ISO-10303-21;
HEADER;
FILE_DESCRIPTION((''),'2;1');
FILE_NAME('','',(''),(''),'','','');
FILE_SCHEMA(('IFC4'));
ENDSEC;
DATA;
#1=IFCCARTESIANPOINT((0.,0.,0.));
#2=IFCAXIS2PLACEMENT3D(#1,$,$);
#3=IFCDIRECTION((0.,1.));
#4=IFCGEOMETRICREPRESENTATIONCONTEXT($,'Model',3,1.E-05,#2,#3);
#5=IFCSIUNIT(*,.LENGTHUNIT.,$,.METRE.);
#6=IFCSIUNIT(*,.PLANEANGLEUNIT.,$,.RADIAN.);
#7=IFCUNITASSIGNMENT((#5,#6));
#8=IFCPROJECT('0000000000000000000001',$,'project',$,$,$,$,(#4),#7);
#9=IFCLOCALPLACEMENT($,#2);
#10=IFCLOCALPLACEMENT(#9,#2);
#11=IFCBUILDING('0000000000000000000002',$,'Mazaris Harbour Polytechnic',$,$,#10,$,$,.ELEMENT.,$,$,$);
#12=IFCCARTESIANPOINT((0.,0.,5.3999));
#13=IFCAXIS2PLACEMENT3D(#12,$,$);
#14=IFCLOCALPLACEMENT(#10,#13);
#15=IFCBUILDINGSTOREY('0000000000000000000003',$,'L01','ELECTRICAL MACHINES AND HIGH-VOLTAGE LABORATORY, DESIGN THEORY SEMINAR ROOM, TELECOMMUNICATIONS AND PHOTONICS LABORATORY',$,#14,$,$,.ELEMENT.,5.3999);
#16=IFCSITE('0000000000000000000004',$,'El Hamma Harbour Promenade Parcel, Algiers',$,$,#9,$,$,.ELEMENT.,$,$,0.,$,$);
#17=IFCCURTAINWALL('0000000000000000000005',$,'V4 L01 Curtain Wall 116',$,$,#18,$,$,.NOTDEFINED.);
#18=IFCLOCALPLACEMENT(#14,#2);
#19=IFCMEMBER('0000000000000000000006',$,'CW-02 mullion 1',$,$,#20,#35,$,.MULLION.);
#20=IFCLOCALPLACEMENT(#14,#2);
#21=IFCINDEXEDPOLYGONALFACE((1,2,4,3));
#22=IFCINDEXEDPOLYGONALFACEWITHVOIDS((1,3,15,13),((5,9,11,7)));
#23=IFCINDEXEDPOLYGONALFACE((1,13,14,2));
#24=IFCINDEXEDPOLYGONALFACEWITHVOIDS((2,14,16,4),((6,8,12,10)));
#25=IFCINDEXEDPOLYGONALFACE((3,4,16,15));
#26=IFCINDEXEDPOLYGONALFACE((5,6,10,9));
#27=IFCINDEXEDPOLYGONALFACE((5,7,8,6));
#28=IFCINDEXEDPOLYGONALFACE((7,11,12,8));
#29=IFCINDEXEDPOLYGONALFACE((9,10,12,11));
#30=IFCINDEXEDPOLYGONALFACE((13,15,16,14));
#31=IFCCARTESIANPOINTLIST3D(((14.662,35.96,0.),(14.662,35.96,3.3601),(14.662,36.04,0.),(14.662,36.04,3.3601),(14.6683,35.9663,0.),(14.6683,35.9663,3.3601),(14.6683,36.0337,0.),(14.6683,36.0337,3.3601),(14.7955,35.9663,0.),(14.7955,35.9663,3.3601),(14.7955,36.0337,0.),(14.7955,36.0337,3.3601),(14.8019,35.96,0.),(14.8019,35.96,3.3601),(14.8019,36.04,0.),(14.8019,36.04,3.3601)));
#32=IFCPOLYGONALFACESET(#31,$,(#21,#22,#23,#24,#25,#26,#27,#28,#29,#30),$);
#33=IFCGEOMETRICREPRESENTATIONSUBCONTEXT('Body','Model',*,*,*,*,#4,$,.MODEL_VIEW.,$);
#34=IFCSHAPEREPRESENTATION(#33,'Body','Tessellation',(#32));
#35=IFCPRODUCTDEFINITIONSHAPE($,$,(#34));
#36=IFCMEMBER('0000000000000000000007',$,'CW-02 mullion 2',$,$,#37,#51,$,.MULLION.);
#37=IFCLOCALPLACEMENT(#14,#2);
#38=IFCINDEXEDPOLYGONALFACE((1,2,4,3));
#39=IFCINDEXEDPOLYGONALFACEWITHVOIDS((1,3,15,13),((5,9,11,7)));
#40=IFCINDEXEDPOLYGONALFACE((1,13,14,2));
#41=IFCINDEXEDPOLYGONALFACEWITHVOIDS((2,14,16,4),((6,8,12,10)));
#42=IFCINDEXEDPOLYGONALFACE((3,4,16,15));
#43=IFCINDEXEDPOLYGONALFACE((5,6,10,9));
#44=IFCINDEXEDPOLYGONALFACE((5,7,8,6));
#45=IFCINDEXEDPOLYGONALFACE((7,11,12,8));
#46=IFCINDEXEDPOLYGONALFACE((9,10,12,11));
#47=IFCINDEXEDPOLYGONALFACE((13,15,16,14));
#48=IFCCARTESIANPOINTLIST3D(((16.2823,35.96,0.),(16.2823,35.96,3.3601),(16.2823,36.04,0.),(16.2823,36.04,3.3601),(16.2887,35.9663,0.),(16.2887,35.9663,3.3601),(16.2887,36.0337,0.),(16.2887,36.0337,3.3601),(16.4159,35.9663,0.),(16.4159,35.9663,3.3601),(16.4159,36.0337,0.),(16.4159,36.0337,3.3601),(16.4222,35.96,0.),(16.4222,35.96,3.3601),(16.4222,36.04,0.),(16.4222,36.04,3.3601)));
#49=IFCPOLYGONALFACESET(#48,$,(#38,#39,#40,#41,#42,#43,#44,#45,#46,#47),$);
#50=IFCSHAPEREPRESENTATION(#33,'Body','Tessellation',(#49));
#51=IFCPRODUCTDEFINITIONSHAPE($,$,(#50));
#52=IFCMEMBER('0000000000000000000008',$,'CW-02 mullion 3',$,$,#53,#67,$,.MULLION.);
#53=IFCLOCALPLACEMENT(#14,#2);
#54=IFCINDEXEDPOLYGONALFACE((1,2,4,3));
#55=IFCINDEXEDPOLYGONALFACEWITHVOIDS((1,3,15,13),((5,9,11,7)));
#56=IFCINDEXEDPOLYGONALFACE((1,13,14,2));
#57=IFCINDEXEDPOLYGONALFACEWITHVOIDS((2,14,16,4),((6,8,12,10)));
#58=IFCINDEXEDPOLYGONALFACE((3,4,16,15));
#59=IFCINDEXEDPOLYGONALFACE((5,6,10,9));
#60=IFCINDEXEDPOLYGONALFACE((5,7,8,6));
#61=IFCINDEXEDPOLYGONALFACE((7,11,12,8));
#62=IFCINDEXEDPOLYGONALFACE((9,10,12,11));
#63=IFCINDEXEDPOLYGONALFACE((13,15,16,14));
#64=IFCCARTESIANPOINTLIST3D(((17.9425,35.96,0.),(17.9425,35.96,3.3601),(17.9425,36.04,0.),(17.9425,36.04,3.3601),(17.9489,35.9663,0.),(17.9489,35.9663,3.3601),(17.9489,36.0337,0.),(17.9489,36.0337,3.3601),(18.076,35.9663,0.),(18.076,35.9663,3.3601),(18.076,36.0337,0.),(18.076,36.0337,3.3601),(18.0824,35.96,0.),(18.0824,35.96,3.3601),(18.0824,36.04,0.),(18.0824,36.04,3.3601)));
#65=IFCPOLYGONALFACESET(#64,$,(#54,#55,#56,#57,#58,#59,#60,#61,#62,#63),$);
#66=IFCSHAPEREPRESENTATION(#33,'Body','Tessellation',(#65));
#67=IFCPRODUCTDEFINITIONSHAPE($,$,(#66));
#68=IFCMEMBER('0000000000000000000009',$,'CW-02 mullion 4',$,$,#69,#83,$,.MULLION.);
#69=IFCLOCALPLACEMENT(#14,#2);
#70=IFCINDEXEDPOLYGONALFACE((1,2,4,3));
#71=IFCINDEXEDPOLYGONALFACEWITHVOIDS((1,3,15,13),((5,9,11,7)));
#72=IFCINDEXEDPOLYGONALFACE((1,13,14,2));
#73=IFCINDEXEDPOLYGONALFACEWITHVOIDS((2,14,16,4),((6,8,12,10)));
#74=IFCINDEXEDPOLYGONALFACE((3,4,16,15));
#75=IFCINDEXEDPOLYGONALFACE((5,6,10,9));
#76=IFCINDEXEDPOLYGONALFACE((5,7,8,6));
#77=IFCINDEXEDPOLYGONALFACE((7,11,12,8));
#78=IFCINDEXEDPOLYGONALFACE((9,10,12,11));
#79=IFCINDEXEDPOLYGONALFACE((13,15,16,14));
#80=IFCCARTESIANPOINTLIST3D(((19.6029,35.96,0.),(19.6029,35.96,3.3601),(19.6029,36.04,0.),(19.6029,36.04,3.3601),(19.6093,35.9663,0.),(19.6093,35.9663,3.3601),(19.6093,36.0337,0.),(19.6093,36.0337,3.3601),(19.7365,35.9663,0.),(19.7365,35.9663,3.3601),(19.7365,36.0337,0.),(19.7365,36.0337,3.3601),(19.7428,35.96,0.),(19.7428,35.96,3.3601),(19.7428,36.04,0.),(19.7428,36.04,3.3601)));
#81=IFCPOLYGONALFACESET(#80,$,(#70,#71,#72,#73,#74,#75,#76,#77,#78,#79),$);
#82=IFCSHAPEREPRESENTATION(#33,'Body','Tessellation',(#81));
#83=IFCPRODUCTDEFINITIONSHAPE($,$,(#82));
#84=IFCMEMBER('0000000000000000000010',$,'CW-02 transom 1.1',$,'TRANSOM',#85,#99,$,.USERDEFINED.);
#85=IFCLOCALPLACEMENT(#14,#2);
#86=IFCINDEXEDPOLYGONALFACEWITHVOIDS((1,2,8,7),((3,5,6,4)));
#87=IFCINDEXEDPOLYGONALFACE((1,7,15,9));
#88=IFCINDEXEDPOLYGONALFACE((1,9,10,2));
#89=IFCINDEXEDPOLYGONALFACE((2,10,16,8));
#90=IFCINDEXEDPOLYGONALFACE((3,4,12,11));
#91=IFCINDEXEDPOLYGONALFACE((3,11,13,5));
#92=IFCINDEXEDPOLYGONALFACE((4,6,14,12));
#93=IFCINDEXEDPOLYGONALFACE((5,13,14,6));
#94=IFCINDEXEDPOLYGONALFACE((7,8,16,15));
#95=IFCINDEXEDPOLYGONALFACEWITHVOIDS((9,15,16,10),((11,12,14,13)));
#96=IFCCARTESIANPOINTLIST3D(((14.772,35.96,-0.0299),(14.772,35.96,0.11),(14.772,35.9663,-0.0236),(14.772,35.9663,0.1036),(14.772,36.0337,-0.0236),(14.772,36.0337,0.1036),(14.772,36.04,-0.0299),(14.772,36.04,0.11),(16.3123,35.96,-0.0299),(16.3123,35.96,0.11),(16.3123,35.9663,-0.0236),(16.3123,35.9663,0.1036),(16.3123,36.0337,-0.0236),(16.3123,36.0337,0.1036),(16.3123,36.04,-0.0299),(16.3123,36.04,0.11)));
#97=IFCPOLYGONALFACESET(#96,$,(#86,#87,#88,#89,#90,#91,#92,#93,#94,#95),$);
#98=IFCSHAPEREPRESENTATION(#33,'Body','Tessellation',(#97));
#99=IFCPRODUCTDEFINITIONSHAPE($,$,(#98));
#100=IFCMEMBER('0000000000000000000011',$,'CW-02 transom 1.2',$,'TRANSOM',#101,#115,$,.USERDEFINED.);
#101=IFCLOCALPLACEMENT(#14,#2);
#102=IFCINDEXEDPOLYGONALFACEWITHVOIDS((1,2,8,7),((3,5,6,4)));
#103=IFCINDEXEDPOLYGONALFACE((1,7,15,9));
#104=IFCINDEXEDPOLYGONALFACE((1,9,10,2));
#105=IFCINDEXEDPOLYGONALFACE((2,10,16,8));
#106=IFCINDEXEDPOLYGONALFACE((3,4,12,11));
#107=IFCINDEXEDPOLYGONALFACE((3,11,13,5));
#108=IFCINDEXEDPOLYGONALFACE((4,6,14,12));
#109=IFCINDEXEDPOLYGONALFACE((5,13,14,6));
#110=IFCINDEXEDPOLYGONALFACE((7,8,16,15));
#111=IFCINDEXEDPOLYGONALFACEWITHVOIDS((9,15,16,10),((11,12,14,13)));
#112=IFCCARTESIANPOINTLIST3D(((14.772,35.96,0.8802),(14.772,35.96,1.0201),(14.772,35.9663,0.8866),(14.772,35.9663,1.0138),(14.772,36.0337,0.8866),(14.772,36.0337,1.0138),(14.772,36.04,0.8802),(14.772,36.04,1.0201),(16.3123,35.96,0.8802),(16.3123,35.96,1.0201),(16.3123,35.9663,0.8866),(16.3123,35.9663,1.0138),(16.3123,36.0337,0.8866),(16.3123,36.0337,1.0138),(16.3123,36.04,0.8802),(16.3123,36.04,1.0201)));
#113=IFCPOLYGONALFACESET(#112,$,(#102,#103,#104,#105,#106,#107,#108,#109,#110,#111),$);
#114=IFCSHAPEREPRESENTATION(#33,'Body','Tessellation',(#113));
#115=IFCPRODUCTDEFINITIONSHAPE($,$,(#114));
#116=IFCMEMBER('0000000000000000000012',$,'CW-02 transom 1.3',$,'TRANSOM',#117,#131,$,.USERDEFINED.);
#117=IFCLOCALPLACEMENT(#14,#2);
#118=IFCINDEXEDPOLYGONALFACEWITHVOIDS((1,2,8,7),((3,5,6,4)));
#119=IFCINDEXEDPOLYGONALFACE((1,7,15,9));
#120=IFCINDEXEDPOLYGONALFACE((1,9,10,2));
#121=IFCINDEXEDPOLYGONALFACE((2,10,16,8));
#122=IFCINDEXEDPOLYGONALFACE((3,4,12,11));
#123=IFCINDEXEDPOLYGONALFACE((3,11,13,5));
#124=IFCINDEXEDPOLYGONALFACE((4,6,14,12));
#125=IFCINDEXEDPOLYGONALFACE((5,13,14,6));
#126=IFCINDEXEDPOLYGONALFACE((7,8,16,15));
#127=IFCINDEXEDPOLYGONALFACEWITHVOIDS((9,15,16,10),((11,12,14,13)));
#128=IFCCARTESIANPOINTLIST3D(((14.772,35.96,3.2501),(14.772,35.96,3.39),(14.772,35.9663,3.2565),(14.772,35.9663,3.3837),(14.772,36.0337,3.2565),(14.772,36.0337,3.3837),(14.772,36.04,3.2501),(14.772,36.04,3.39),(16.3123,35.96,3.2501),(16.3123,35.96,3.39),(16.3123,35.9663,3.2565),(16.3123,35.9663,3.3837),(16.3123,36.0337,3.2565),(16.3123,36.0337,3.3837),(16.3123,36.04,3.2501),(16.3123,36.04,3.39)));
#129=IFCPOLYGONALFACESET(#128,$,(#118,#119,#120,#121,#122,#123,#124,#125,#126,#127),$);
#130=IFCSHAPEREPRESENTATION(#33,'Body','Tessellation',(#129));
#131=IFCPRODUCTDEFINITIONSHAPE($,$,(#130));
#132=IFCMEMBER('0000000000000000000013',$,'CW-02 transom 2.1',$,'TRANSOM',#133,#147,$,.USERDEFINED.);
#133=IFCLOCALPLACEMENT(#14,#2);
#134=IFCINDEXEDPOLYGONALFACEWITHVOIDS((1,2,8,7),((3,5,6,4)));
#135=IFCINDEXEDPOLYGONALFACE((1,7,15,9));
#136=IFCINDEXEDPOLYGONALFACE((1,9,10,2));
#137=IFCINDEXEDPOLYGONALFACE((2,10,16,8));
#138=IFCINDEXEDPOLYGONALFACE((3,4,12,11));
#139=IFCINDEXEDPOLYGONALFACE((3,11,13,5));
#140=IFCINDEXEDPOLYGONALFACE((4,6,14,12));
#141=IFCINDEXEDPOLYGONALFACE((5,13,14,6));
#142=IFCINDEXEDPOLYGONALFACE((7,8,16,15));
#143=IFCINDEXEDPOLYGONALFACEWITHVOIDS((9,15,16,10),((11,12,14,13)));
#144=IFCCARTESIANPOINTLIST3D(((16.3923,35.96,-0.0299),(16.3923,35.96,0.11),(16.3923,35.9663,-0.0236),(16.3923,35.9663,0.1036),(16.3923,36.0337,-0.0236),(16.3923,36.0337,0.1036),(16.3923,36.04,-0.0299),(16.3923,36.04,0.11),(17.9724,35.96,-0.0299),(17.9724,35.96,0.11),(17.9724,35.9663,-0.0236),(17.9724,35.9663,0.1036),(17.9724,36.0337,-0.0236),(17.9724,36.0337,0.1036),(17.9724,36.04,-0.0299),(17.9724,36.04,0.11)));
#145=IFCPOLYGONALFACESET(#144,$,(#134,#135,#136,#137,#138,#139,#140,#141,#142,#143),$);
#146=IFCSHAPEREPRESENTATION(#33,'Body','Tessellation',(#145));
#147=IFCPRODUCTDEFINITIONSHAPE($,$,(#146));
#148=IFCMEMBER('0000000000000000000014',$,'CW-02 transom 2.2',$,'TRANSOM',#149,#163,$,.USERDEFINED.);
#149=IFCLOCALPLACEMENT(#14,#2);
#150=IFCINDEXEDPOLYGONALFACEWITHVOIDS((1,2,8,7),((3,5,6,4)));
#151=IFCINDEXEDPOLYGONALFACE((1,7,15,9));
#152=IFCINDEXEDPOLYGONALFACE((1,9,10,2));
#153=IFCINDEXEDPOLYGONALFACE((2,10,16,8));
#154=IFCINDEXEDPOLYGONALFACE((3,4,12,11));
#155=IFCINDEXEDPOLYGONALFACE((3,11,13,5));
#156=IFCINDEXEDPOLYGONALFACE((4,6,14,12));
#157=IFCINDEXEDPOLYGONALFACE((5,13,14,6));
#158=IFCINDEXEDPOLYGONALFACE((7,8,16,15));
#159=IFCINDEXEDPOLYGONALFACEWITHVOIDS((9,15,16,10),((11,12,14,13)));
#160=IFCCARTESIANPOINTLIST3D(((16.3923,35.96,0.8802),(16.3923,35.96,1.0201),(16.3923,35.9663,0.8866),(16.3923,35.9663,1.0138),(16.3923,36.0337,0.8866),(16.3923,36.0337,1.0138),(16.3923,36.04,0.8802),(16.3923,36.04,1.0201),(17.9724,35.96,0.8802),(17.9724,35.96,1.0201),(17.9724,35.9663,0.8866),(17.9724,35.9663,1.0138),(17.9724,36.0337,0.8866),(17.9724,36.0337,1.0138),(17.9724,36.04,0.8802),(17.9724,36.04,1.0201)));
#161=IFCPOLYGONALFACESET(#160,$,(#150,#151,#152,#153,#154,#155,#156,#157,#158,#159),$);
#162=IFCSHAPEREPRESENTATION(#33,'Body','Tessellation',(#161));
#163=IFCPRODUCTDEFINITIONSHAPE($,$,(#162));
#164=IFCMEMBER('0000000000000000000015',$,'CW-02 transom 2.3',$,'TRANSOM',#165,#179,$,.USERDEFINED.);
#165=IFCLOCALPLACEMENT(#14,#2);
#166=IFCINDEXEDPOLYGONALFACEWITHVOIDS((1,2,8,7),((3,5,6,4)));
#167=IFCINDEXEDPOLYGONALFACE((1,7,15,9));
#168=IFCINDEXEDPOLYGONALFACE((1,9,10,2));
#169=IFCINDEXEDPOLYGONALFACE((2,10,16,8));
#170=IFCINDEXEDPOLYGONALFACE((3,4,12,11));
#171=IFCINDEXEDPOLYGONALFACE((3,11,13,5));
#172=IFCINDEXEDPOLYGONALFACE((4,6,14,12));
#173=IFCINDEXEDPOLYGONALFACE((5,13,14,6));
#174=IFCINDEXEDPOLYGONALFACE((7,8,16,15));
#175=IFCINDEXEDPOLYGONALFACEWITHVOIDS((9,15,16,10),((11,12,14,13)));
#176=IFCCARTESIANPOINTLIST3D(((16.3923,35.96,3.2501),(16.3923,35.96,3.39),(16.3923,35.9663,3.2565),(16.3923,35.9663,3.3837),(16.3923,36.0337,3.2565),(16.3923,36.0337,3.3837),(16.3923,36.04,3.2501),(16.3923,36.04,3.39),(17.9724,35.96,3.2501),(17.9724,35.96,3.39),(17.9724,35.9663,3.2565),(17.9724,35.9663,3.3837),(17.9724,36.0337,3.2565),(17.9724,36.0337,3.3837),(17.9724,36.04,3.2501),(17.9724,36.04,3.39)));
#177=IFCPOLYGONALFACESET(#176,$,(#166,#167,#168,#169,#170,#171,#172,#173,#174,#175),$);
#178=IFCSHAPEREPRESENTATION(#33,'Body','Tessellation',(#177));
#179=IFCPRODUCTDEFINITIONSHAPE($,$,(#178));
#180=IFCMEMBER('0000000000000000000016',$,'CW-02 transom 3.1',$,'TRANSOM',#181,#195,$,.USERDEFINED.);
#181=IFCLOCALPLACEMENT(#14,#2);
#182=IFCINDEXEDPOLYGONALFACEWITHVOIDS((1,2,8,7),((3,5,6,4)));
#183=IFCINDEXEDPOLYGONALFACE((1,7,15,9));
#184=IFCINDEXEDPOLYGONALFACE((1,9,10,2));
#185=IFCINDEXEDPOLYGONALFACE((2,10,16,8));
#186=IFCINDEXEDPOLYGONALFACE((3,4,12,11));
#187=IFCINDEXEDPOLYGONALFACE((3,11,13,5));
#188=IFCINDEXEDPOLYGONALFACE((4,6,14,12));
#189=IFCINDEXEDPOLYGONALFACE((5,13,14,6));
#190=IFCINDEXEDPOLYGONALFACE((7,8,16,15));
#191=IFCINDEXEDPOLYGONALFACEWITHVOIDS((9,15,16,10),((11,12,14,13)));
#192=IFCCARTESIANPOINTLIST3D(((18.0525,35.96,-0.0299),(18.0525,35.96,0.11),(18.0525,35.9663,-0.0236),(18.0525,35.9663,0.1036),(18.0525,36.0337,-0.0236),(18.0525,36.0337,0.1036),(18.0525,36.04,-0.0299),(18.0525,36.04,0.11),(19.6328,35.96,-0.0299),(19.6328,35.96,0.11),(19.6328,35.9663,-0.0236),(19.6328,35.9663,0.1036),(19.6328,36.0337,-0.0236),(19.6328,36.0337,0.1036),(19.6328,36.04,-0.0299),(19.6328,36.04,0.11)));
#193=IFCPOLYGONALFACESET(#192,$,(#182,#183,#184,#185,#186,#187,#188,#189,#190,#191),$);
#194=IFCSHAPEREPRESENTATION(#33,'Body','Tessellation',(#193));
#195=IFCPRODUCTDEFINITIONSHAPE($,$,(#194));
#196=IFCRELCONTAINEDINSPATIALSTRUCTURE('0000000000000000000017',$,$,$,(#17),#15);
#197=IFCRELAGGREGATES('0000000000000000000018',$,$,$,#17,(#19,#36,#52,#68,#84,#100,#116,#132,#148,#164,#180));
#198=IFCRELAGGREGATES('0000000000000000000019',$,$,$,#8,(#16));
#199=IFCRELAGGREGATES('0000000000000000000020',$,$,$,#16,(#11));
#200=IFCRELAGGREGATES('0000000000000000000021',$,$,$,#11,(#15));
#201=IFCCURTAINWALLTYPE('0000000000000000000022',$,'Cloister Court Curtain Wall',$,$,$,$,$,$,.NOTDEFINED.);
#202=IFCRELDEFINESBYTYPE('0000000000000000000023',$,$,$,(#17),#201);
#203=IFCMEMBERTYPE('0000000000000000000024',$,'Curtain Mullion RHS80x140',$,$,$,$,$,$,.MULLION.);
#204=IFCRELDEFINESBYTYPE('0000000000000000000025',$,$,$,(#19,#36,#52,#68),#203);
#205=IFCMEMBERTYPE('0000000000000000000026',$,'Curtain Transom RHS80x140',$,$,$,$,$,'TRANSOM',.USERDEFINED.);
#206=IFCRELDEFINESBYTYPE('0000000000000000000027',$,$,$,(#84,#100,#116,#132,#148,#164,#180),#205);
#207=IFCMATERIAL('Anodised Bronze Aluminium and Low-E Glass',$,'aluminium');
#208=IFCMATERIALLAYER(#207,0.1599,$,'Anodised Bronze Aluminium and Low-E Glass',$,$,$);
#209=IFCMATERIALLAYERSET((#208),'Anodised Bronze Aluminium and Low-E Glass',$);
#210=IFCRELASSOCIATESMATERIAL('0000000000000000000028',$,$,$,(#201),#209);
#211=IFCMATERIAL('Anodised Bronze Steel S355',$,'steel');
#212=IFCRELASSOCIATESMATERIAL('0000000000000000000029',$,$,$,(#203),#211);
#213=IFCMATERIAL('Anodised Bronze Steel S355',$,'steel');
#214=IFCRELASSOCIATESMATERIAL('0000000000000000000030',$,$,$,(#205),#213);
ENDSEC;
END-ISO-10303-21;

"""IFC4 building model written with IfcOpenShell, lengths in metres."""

from ifc_helpers import new_model, si_unit, direction, frame, origin, origin_2d, place, context, subcontext, project, spatial, hollow_rectangle, extrude, material, layer, layer_set, material_profile, profile_set, type_object, element, aggregate, save


model = new_model("IFC4")

# Units and contexts
model_context = context("Model", 3, precision=1e-05, world=origin(), true_north=direction((0.0, 1.0)))
body_context = subcontext(model_context, "Body", "Model", "MODEL_VIEW")
ifc_project = project(units=[si_unit("LENGTHUNIT", "METRE"), si_unit("PLANEANGLEUNIT", "RADIAN")], contexts=[model_context])

# Site, building, storey
site_placement = place(None, origin())
site = spatial("IfcSite", under=ifc_project, at=site_placement, Name="El Hamma Harbour Promenade Parcel, Algiers", CompositionType="ELEMENT", RefElevation=0.0)
building_placement = place(site_placement, origin())
building = spatial("IfcBuilding", under=site, at=building_placement, Name="Mazaris Harbour Polytechnic", CompositionType="ELEMENT")
storey_placement = place(building_placement, frame((0.0, 0.0, 5.3999)))
storey = spatial("IfcBuildingStorey", under=building, at=storey_placement, Name="L01", Description="ELECTRICAL MACHINES AND HIGH-VOLTAGE LABORATORY, DESIGN THEORY SEMINAR ROOM, TELECOMMUNICATIONS AND PHOTONICS LABORATORY", CompositionType="ELEMENT", Elevation=5.3999)

# Curtain wall, members
ifc_material_1 = material(Name="Anodised Bronze Aluminium and Low-E Glass", Category="aluminium")
ifc_layer_1 = layer(ifc_material_1, 0.1599, Name="Anodised Bronze Aluminium and Low-E Glass")
ifc_layer_set_1 = layer_set([ifc_layer_1], Name="Anodised Bronze Aluminium and Low-E Glass")
curtain_wall_type = type_object("IfcCurtainWallType", Name="Cloister Court Curtain Wall", PredefinedType="NOTDEFINED", material=ifc_layer_set_1)
curtain_wall_1_placement = place(storey_placement, origin())
curtain_wall_1 = element("IfcCurtainWall", 1, at=curtain_wall_1_placement, inside=storey, type_object=curtain_wall_type, Name="V4 L01 Curtain Wall 116", PredefinedType="NOTDEFINED")
ifc_material_2 = material(Name="Anodised Bronze Steel S355", Category="steel")
ifc_material_profile_1 = material_profile(ifc_material_2, hollow_rectangle(XDim=0.0801, YDim=0.1399, WallThickness=0.0063, at=origin_2d()), Name="RHS 80x140x6.3")
ifc_profile_set_1 = profile_set([ifc_material_profile_1], Name="Anodised Bronze Steel S355")
member_type_1 = type_object("IfcMemberType", Name="Curtain Mullion RHS80x140", PredefinedType="MULLION", material=ifc_profile_set_1)
member_1_placement = place(storey_placement, frame((14.7319, 36.0, 0.0), z_axis=(0.0, 0.0, 1.0), x_axis=(0.0, 1.0, 0.0)))
member_1 = element("IfcMember", 2, at=member_1_placement, type_object=member_type_1, Name="CW-02 mullion 1", PredefinedType="MULLION", context=body_context, shape_type="SweptSolid", body=[
    extrude(hollow_rectangle(XDim=0.0801, YDim=0.1399, WallThickness=0.0063, at=origin_2d()), origin(), (0.0, 0.0, 1.0), 3.3601),
])
member_2_placement = place(storey_placement, frame((16.3523, 36.0, 0.0), z_axis=(0.0, 0.0, 1.0), x_axis=(0.0, 1.0, 0.0)))
member_2 = element("IfcMember", 3, at=member_2_placement, type_object=member_type_1, Name="CW-02 mullion 2", PredefinedType="MULLION", context=body_context, shape_type="SweptSolid", body=[
    extrude(hollow_rectangle(XDim=0.0801, YDim=0.1399, WallThickness=0.0063, at=origin_2d()), origin(), (0.0, 0.0, 1.0), 3.3601),
])
member_3_placement = place(storey_placement, frame((18.0125, 36.0, 0.0), z_axis=(0.0, 0.0, 1.0), x_axis=(0.0, 1.0, 0.0)))
member_3 = element("IfcMember", 4, at=member_3_placement, type_object=member_type_1, Name="CW-02 mullion 3", PredefinedType="MULLION", context=body_context, shape_type="SweptSolid", body=[
    extrude(hollow_rectangle(XDim=0.0801, YDim=0.1399, WallThickness=0.0063, at=origin_2d()), origin(), (0.0, 0.0, 1.0), 3.3601),
])
member_4_placement = place(storey_placement, frame((19.6729, 36.0, 0.0), z_axis=(0.0, 0.0, 1.0), x_axis=(0.0, 1.0, 0.0)))
member_4 = element("IfcMember", 5, at=member_4_placement, type_object=member_type_1, Name="CW-02 mullion 4", PredefinedType="MULLION", context=body_context, shape_type="SweptSolid", body=[
    extrude(hollow_rectangle(XDim=0.0801, YDim=0.1399, WallThickness=0.0063, at=origin_2d()), origin(), (0.0, 0.0, 1.0), 3.3601),
])
ifc_material_3 = material(Name="Anodised Bronze Steel S355", Category="steel")
ifc_material_profile_2 = material_profile(ifc_material_3, hollow_rectangle(XDim=0.0801, YDim=0.1399, WallThickness=0.0063, at=origin_2d()), Name="RHS 80x140x6.3")
ifc_profile_set_2 = profile_set([ifc_material_profile_2], Name="Anodised Bronze Steel S355")
member_type_2 = type_object("IfcMemberType", Name="Curtain Transom RHS80x140", ElementType="TRANSOM", PredefinedType="USERDEFINED", material=ifc_profile_set_2)
member_5_placement = place(storey_placement, frame((14.772, 36.0, 0.04), z_axis=(1.0, 0.0, 0.0), x_axis=(0.0, 1.0, 0.0)))
member_5 = element("IfcMember", 6, at=member_5_placement, type_object=member_type_2, Name="CW-02 transom 1.1", ObjectType="TRANSOM", PredefinedType="USERDEFINED", context=body_context, shape_type="SweptSolid", body=[
    extrude(hollow_rectangle(XDim=0.0801, YDim=0.1399, WallThickness=0.0063, at=origin_2d()), origin(), (0.0, 0.0, 1.0), 1.5403),
])
member_6_placement = place(storey_placement, frame((14.772, 36.0, 0.9502), z_axis=(1.0, 0.0, 0.0), x_axis=(0.0, 1.0, 0.0)))
member_6 = element("IfcMember", 7, at=member_6_placement, type_object=member_type_2, Name="CW-02 transom 1.2", ObjectType="TRANSOM", PredefinedType="USERDEFINED", context=body_context, shape_type="SweptSolid", body=[
    extrude(hollow_rectangle(XDim=0.0801, YDim=0.1399, WallThickness=0.0063, at=origin_2d()), origin(), (0.0, 0.0, 1.0), 1.5403),
])
member_7_placement = place(storey_placement, frame((14.772, 36.0, 3.3201), z_axis=(1.0, 0.0, 0.0), x_axis=(0.0, 1.0, 0.0)))
member_7 = element("IfcMember", 8, at=member_7_placement, type_object=member_type_2, Name="CW-02 transom 1.3", ObjectType="TRANSOM", PredefinedType="USERDEFINED", context=body_context, shape_type="SweptSolid", body=[
    extrude(hollow_rectangle(XDim=0.0801, YDim=0.1399, WallThickness=0.0063, at=origin_2d()), origin(), (0.0, 0.0, 1.0), 1.5403),
])
member_8_placement = place(storey_placement, frame((16.3923, 36.0, 0.04), z_axis=(1.0, 0.0, 0.0), x_axis=(0.0, 1.0, 0.0)))
member_8 = element("IfcMember", 9, at=member_8_placement, type_object=member_type_2, Name="CW-02 transom 2.1", ObjectType="TRANSOM", PredefinedType="USERDEFINED", context=body_context, shape_type="SweptSolid", body=[
    extrude(hollow_rectangle(XDim=0.0801, YDim=0.1399, WallThickness=0.0063, at=origin_2d()), origin(), (0.0, 0.0, 1.0), 1.5801),
])
member_9_placement = place(storey_placement, frame((16.3923, 36.0, 0.9502), z_axis=(1.0, 0.0, 0.0), x_axis=(0.0, 1.0, 0.0)))
member_9 = element("IfcMember", 10, at=member_9_placement, type_object=member_type_2, Name="CW-02 transom 2.2", ObjectType="TRANSOM", PredefinedType="USERDEFINED", context=body_context, shape_type="SweptSolid", body=[
    extrude(hollow_rectangle(XDim=0.0801, YDim=0.1399, WallThickness=0.0063, at=origin_2d()), origin(), (0.0, 0.0, 1.0), 1.5801),
])
member_10_placement = place(storey_placement, frame((16.3923, 36.0, 3.3201), z_axis=(1.0, 0.0, 0.0), x_axis=(0.0, 1.0, 0.0)))
member_10 = element("IfcMember", 11, at=member_10_placement, type_object=member_type_2, Name="CW-02 transom 2.3", ObjectType="TRANSOM", PredefinedType="USERDEFINED", context=body_context, shape_type="SweptSolid", body=[
    extrude(hollow_rectangle(XDim=0.0801, YDim=0.1399, WallThickness=0.0063, at=origin_2d()), origin(), (0.0, 0.0, 1.0), 1.5801),
])
member_11_placement = place(storey_placement, frame((18.0525, 36.0, 0.04), z_axis=(1.0, 0.0, 0.0), x_axis=(0.0, 1.0, 0.0)))
member_11 = element("IfcMember", 12, at=member_11_placement, type_object=member_type_2, Name="CW-02 transom 3.1", ObjectType="TRANSOM", PredefinedType="USERDEFINED", context=body_context, shape_type="SweptSolid", body=[
    extrude(hollow_rectangle(XDim=0.0801, YDim=0.1399, WallThickness=0.0063, at=origin_2d()), origin(), (0.0, 0.0, 1.0), 1.5803),
])

aggregate(curtain_wall_1, [member_1, member_2, member_3, member_4, member_5, member_6, member_7, member_8, member_9, member_10, member_11])

save(model, "model.ifc")
